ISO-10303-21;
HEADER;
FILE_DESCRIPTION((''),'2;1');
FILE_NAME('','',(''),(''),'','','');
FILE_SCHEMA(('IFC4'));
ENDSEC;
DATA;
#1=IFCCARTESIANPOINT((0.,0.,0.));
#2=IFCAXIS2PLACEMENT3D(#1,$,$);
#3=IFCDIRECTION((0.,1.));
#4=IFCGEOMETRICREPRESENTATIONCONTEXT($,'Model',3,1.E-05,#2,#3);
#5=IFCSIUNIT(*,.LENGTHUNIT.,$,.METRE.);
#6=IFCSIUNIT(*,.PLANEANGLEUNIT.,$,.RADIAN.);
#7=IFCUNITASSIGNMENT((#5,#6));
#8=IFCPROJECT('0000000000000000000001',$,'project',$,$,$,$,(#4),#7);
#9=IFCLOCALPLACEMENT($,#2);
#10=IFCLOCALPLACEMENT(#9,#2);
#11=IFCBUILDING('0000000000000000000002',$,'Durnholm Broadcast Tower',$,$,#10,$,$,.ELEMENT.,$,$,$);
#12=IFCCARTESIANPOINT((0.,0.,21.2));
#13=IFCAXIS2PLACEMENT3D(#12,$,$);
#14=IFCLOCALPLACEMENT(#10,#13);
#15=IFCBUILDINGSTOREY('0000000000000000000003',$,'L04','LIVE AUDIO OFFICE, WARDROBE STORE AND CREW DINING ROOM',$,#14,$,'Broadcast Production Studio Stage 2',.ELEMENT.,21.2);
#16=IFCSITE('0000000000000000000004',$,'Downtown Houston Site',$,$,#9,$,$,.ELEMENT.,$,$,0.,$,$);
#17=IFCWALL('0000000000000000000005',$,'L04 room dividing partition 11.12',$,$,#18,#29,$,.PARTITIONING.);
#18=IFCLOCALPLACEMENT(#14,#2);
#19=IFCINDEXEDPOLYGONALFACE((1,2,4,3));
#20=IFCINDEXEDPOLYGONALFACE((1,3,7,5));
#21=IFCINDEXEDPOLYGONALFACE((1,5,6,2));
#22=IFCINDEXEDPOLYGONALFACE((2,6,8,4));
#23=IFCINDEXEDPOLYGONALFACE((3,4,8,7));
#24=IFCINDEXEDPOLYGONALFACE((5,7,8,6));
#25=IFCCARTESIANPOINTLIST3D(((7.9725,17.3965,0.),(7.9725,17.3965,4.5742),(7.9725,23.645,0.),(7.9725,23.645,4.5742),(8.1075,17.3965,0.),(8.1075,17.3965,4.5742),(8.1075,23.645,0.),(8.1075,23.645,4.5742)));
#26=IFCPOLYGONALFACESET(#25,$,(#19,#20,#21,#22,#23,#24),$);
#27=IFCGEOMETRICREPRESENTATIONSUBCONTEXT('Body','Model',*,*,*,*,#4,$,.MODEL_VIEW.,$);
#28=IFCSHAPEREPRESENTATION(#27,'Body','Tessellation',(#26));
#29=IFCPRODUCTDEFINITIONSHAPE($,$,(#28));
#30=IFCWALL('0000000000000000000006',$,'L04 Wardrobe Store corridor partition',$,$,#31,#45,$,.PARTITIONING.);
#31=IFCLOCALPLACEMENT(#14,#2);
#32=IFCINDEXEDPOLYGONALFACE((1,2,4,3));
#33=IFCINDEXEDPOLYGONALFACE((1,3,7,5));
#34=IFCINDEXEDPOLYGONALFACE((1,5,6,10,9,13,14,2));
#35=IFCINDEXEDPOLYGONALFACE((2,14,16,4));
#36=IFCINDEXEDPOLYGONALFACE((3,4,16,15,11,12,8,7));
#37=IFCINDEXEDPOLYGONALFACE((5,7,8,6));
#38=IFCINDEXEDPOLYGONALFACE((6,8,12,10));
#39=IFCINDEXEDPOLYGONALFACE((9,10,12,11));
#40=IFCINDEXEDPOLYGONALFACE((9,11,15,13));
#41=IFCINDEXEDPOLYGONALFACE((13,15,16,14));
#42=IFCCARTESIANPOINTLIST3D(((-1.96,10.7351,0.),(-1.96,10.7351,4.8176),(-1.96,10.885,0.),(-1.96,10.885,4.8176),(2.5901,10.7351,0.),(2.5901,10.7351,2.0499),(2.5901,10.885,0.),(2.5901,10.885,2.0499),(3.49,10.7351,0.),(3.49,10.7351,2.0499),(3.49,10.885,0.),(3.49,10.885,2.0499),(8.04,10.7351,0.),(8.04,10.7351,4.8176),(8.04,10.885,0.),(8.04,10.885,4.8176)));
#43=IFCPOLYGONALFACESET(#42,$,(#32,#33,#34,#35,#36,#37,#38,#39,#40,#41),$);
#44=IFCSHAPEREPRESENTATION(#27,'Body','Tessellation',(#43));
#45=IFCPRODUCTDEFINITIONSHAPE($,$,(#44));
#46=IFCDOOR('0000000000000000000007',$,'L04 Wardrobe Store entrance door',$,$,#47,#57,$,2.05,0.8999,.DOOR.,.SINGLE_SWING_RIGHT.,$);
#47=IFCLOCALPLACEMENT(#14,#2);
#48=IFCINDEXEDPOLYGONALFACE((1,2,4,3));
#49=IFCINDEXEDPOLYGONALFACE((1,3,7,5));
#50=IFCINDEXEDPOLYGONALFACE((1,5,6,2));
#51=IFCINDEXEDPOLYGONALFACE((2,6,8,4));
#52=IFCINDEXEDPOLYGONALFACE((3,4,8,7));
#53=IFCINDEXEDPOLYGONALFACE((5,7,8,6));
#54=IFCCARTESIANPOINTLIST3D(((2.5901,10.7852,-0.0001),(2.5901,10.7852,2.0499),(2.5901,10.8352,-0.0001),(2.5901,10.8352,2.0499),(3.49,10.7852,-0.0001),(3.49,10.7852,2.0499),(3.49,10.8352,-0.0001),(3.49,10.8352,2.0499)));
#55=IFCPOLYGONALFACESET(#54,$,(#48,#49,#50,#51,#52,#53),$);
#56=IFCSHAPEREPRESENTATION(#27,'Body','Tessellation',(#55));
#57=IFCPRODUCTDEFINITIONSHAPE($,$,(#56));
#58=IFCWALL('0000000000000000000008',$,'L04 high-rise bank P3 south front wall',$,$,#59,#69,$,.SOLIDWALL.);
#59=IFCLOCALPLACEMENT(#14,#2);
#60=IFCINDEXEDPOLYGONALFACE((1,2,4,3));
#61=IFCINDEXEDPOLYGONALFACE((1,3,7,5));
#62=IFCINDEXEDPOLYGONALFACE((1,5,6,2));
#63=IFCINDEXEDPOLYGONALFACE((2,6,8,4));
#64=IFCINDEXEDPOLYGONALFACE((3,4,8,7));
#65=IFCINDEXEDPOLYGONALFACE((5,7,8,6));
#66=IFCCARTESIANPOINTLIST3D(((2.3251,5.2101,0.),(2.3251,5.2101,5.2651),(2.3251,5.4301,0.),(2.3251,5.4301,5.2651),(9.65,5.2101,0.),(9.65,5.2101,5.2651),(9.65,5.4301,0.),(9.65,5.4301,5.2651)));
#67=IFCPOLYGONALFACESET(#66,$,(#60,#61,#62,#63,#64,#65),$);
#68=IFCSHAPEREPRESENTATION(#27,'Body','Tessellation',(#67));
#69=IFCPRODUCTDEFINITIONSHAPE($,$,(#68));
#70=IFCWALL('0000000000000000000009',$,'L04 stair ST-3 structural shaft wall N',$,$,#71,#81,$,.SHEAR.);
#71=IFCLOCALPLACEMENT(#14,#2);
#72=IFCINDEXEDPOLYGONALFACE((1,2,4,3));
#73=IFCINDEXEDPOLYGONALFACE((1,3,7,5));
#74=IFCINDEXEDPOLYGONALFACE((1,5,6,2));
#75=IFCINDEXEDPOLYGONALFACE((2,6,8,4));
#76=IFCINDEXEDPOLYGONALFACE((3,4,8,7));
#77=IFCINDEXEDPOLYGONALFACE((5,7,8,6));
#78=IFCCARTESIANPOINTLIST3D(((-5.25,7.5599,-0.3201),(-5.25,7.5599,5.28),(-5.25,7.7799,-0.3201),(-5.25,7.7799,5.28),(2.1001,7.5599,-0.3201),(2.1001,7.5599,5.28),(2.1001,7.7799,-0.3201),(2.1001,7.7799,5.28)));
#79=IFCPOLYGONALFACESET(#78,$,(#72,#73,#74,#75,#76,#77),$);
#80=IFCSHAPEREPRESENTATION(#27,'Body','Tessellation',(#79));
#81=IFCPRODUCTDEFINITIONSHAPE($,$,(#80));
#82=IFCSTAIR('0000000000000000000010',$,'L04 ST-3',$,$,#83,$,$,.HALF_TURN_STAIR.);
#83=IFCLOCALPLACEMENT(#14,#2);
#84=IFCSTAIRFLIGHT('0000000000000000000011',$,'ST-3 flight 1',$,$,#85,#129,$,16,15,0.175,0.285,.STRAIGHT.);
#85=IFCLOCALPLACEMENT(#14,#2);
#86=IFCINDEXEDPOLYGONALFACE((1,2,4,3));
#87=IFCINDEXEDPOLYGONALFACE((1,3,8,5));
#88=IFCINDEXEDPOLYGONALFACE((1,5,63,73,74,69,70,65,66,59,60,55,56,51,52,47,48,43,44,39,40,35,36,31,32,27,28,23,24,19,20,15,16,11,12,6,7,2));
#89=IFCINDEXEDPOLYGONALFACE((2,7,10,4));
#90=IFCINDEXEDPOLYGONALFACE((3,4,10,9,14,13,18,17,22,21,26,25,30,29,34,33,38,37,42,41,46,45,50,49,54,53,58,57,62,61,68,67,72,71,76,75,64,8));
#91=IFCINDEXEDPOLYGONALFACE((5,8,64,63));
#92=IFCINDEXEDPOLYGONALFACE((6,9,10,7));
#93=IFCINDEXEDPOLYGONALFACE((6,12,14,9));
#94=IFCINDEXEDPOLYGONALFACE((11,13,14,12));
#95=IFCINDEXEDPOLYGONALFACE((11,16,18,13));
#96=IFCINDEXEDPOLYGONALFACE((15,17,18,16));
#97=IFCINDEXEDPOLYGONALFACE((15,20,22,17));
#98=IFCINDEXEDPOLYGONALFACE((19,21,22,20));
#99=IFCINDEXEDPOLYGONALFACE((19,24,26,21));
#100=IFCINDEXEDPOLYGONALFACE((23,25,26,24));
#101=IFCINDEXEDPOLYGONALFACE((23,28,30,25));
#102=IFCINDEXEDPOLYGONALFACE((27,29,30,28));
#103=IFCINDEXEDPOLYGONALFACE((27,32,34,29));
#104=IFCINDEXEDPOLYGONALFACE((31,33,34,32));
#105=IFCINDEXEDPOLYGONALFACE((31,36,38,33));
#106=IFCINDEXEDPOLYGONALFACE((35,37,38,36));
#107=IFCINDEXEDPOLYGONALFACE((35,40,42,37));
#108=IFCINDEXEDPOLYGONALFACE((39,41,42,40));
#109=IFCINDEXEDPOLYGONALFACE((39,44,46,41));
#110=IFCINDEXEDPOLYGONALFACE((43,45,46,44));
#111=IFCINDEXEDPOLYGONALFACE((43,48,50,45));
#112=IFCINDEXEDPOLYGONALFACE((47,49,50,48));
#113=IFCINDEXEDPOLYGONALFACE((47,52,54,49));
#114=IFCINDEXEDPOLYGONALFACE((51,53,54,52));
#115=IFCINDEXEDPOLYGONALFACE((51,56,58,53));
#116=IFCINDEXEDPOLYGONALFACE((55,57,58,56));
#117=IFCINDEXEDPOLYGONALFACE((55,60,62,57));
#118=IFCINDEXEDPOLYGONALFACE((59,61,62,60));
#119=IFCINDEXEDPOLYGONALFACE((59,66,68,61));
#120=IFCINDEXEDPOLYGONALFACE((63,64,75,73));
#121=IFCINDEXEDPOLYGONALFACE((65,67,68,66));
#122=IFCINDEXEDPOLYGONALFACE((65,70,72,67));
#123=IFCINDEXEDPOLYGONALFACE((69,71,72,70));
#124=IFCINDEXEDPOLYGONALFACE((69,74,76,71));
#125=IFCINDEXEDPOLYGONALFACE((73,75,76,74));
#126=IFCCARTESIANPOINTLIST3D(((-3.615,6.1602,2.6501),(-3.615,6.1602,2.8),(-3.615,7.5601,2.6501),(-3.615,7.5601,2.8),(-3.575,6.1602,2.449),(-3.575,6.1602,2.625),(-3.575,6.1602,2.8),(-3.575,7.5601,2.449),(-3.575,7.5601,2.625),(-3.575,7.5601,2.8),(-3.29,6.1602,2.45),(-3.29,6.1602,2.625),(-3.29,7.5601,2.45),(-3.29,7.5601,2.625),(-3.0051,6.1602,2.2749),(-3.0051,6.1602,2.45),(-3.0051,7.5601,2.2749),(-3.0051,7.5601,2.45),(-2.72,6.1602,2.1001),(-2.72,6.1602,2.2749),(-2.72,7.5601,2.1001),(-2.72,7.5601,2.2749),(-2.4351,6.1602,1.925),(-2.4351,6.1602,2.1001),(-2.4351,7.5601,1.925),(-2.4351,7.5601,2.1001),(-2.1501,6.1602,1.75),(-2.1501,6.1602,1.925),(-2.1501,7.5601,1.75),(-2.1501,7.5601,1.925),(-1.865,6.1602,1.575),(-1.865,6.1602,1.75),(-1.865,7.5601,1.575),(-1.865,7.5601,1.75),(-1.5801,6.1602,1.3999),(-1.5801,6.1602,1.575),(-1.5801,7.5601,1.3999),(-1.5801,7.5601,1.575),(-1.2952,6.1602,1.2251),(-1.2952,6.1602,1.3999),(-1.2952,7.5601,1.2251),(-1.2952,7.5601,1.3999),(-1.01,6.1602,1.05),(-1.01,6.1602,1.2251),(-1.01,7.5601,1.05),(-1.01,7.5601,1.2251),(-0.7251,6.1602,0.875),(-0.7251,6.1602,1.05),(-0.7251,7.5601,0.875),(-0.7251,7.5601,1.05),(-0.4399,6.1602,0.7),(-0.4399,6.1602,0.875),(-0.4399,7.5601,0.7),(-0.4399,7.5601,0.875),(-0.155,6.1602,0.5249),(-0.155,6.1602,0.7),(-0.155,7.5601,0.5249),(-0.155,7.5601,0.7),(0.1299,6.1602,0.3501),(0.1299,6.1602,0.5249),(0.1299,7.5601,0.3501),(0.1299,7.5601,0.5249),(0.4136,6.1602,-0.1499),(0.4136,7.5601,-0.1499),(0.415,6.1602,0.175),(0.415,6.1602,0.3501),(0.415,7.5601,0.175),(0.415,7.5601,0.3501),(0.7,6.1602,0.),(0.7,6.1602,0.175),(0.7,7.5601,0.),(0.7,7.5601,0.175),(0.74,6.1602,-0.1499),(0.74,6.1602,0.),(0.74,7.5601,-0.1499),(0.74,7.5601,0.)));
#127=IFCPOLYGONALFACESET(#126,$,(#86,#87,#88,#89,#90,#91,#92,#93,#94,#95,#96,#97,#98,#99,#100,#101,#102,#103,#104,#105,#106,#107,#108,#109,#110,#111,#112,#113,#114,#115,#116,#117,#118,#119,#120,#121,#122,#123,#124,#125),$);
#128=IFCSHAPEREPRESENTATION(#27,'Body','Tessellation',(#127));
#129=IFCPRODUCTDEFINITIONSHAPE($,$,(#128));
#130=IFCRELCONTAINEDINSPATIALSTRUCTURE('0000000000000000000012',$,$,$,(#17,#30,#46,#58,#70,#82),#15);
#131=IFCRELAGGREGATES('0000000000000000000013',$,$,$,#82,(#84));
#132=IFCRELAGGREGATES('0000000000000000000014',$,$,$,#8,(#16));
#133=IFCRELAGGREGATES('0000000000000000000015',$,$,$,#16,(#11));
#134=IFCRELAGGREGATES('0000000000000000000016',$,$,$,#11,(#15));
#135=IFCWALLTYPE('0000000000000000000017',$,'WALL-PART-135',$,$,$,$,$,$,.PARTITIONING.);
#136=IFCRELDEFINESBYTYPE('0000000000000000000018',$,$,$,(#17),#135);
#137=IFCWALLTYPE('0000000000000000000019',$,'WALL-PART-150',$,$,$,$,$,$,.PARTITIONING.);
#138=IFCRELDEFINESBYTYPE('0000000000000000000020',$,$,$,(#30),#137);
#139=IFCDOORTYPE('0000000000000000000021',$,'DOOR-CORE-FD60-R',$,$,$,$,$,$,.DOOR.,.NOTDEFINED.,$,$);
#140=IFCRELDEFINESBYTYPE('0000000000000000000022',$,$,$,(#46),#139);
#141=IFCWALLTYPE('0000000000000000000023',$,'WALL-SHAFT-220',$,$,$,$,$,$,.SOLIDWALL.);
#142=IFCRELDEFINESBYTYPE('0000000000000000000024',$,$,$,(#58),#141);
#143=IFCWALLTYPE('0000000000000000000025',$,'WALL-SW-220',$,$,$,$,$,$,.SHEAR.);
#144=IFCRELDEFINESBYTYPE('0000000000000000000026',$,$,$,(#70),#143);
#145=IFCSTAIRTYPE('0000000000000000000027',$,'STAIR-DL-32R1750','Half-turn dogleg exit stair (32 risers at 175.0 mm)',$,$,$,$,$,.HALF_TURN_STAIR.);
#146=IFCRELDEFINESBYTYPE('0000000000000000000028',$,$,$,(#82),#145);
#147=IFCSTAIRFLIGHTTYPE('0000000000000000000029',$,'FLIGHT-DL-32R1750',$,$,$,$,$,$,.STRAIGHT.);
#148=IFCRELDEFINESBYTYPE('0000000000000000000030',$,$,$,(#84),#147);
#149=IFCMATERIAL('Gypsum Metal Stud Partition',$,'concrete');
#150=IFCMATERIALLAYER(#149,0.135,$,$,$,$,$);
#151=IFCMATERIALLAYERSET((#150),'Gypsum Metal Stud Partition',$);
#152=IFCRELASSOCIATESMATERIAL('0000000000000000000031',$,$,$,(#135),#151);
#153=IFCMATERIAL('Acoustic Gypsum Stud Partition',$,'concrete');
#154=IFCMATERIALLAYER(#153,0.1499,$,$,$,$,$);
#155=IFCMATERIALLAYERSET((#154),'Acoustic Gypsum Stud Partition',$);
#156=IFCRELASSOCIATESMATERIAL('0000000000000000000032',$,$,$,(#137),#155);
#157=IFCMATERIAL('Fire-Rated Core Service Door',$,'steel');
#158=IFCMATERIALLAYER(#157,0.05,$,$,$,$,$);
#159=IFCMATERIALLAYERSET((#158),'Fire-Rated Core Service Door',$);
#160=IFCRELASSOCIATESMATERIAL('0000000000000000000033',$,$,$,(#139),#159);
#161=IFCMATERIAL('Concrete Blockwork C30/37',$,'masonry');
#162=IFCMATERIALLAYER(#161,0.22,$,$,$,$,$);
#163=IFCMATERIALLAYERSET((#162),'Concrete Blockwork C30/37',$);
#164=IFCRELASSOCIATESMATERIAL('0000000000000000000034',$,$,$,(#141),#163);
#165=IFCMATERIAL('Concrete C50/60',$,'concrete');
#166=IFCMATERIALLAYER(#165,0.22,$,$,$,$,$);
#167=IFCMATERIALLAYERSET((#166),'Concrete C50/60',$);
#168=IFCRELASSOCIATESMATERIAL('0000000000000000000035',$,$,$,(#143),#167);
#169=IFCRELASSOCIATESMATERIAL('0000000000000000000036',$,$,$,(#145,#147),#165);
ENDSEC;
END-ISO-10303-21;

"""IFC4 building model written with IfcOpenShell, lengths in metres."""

from ifc_helpers import new_model, si_unit, direction, frame, frame_2d, origin, place, context, subcontext, project, spatial, polyline, rectangle, outline, extrude, source, transform, mapped, material, layer, layer_set, type_object, type_shapes, element, fill, aggregate, save


model = new_model("IFC4")

# Units and contexts
model_context = context("Model", 3, precision=1e-05, world=origin(), true_north=direction((0.0, 1.0)))
body_context = subcontext(model_context, "Body", "Model", "MODEL_VIEW")
ifc_project = project(units=[si_unit("LENGTHUNIT", "METRE"), si_unit("PLANEANGLEUNIT", "RADIAN")], contexts=[model_context])

# Site, building, storey
site_placement = place(None, origin())
site = spatial("IfcSite", under=ifc_project, at=site_placement, Name="Downtown Houston Site", CompositionType="ELEMENT", RefElevation=0.0)
building_placement = place(site_placement, origin())
building = spatial("IfcBuilding", under=site, at=building_placement, Name="Durnholm Broadcast Tower", CompositionType="ELEMENT")
storey_placement = place(building_placement, frame((0.0, 0.0, 21.2)))
storey = spatial("IfcBuildingStorey", under=building, at=storey_placement, Name="L04", Description="LIVE AUDIO OFFICE, WARDROBE STORE AND CREW DINING ROOM", LongName="Broadcast Production Studio Stage 2", CompositionType="ELEMENT", Elevation=21.2)

# Wall
ifc_material_1 = material(Name="Gypsum Metal Stud Partition", Category="concrete")
ifc_layer_1 = layer(ifc_material_1, 0.135)
ifc_layer_set_1 = layer_set([ifc_layer_1], Name="Gypsum Metal Stud Partition")
wall_type_1 = type_object("IfcWallType", Name="WALL-PART-135", PredefinedType="PARTITIONING", material=ifc_layer_set_1)
wall_1_placement = place(storey_placement, frame((8.04, 23.645, 0.0), z_axis=(0.0, 0.0, 1.0), x_axis=(0.0, -1.0, 0.0)))
element("IfcWall", 1, at=wall_1_placement, inside=storey, type_object=wall_type_1, Name="L04 room dividing partition 11.12", PredefinedType="PARTITIONING", context=body_context, shape_type="SweptSolid", body=[
    extrude(rectangle(XDim=6.2485, YDim=0.135, at=frame_2d((3.1243, 0.0))), origin(), (0.0, 0.0, 1.0), 4.5742),
])

# Wall, opening, door
ifc_material_2 = material(Name="Acoustic Gypsum Stud Partition", Category="concrete")
ifc_layer_2 = layer(ifc_material_2, 0.1499)
ifc_layer_set_2 = layer_set([ifc_layer_2], Name="Acoustic Gypsum Stud Partition")
wall_type_2 = type_object("IfcWallType", Name="WALL-PART-150", PredefinedType="PARTITIONING", material=ifc_layer_set_2)
wall_2_placement = place(storey_placement, frame((8.04, 10.8101, 0.0), z_axis=(0.0, 0.0, 1.0), x_axis=(-1.0, 0.0, 0.0)))
wall_2 = element("IfcWall", 2, at=wall_2_placement, inside=storey, type_object=wall_type_2, Name="L04 Wardrobe Store corridor partition", PredefinedType="PARTITIONING", context=body_context, shape_type="SweptSolid", body=[
    extrude(rectangle(XDim=10.0, YDim=0.1499, at=frame_2d((5.0, 0.0))), origin(), (0.0, 0.0, 1.0), 4.8176),
])
opening_placement = place(wall_2_placement, frame((4.55, 0.0, 0.0)))
opening = element("IfcOpeningElement", 3, at=opening_placement, cuts=wall_2, PredefinedType="OPENING", context=body_context, shape_type="SweptSolid", body=[
    extrude(rectangle(XDim=0.8999, YDim=2.05, at=frame_2d((0.45, 1.0249))), frame((0.0, 0.085, 0.0), z_axis=(0.0, -1.0, 0.0), x_axis=(1.0, 0.0, 0.0)), (0.0, 0.0, 1.0), 0.1699),
])
ifc_material_3 = material(Name="Fire-Rated Core Service Door", Category="steel")
ifc_layer_3 = layer(ifc_material_3, 0.05)
ifc_layer_set_3 = layer_set([ifc_layer_3], Name="Fire-Rated Core Service Door")
door_type = type_object("IfcDoorType", Name="DOOR-CORE-FD60-R", OperationType="NOTDEFINED", PredefinedType="DOOR", material=ifc_layer_set_3)
shared_shape_1 = source(origin(), body_context, "Body", "SweptSolid", [
    extrude(rectangle(XDim=0.8999, YDim=2.05, at=frame_2d((0.45, 1.0249))), frame((0.0, 0.0249, 0.0), z_axis=(0.0, -1.0, 0.0), x_axis=(1.0, 0.0, 0.0)), (0.0, 0.0, 1.0), 0.05),
])
type_shapes(door_type, [shared_shape_1])
door_placement = place(opening_placement, origin())
door = element("IfcDoor", 4, at=door_placement, inside=storey, type_object=door_type, Name="L04 Wardrobe Store entrance door", OperationType="SINGLE_SWING_RIGHT", OverallHeight=2.05, OverallWidth=0.8999, PredefinedType="DOOR", context=body_context, shape_type="MappedRepresentation", body=[
    mapped(shared_shape_1, transform((0.0, 0.0, 0.0), x_axis=(1.0, 0.0, 0.0), y_axis=(0.0, 1.0, 0.0), z_axis=(0.0, 0.0, 1.0), scale=1.0)),
])
fill(opening, door)

# Walls
ifc_material_4 = material(Name="Concrete Blockwork C30/37", Category="masonry")
ifc_layer_4 = layer(ifc_material_4, 0.22)
ifc_layer_set_4 = layer_set([ifc_layer_4], Name="Concrete Blockwork C30/37")
wall_type_3 = type_object("IfcWallType", Name="WALL-SHAFT-220", PredefinedType="SOLIDWALL", material=ifc_layer_set_4)
wall_3_placement = place(storey_placement, frame((2.325, 5.3201, 0.0), z_axis=(0.0, 0.0, 1.0), x_axis=(1.0, 0.0, 0.0)))
element("IfcWall", 5, at=wall_3_placement, inside=storey, type_object=wall_type_3, Name="L04 high-rise bank P3 south front wall", PredefinedType="SOLIDWALL", context=body_context, shape_type="SweptSolid", body=[
    extrude(rectangle(XDim=7.325, YDim=0.22, at=frame_2d((3.6626, 0.0))), origin(), (0.0, 0.0, 1.0), 5.2651),
])
ifc_material_5 = material(Name="Concrete C50/60", Category="concrete")
ifc_layer_5 = layer(ifc_material_5, 0.22)
ifc_layer_set_5 = layer_set([ifc_layer_5], Name="Concrete C50/60")
wall_type_4 = type_object("IfcWallType", Name="WALL-SW-220", PredefinedType="SHEAR", material=ifc_layer_set_5)
wall_4_placement = place(storey_placement, frame((2.1001, 7.6699, -0.3201), z_axis=(0.0, 0.0, 1.0), x_axis=(-1.0, 0.0, 0.0)))
element("IfcWall", 6, at=wall_4_placement, inside=storey, type_object=wall_type_4, Name="L04 stair ST-3 structural shaft wall N", PredefinedType="SHEAR", context=body_context, shape_type="SweptSolid", body=[
    extrude(rectangle(XDim=7.3501, YDim=0.22, at=frame_2d((3.675, 0.0))), origin(), (0.0, 0.0, 1.0), 5.6001),
])

# Stair, stair flight
stair_type = type_object("IfcStairType", Name="STAIR-DL-32R1750", Description="Half-turn dogleg exit stair (32 risers at 175.0 mm)", PredefinedType="HALF_TURN_STAIR", material=ifc_material_5)
stair_placement = place(storey_placement, origin())
stair = element("IfcStair", 7, at=stair_placement, inside=storey, type_object=stair_type, Name="L04 ST-3", PredefinedType="HALF_TURN_STAIR")
stair_flight_type = type_object("IfcStairFlightType", Name="FLIGHT-DL-32R1750", PredefinedType="STRAIGHT", material=ifc_material_5)
stair_flight_placement = place(storey_placement, frame((0.7, 6.8601, 0.0), z_axis=(0.0, 0.0, 1.0), x_axis=(-1.0, 0.0, 0.0)))
stair_flight = element("IfcStairFlight", 8, at=stair_flight_placement, type_object=stair_flight_type, Name="ST-3 flight 1", NumberOfRisers=16, NumberOfTreads=15, PredefinedType="STRAIGHT", RiserHeight=0.175, TreadLength=0.285, context=body_context, shape_type="SweptSolid", body=[
    extrude(outline(polyline([(-0.04, -0.1499), (-0.04, 0.0), (0.0, 0.0), (0.0, 0.175), (0.2849, 0.175), (0.2849, 0.3501), (0.5701, 0.3501), (0.5701, 0.5249), (0.855, 0.5249), (0.855, 0.7), (1.1399, 0.7), (1.1399, 0.875), (1.425, 0.875), (1.425, 1.05), (1.71, 1.05), (1.71, 1.2251), (1.9951, 1.2251), (1.9951, 1.3999), (2.28, 1.3999), (2.28, 1.575), (2.5649, 1.575), (2.5649, 1.75), (2.8501, 1.75), (2.8501, 1.925), (3.135, 1.925), (3.135, 2.1001), (3.4199, 2.1001), (3.4199, 2.2749), (3.7051, 2.2749), (3.7051, 2.45), (3.99, 2.45), (3.99, 2.625), (4.2749, 2.625), (4.2749, 2.8), (4.3149, 2.8), (4.3149, 2.6501), (4.2749, 2.449), (0.2864, -0.1499), (-0.04, -0.1499)])), frame((0.0, 0.7, 0.0), z_axis=(0.0, -1.0, 0.0), x_axis=(1.0, 0.0, 0.0)), (0.0, 0.0, 1.0), 1.3999),
])
aggregate(stair, [stair_flight])

save(model, "model.ifc")
